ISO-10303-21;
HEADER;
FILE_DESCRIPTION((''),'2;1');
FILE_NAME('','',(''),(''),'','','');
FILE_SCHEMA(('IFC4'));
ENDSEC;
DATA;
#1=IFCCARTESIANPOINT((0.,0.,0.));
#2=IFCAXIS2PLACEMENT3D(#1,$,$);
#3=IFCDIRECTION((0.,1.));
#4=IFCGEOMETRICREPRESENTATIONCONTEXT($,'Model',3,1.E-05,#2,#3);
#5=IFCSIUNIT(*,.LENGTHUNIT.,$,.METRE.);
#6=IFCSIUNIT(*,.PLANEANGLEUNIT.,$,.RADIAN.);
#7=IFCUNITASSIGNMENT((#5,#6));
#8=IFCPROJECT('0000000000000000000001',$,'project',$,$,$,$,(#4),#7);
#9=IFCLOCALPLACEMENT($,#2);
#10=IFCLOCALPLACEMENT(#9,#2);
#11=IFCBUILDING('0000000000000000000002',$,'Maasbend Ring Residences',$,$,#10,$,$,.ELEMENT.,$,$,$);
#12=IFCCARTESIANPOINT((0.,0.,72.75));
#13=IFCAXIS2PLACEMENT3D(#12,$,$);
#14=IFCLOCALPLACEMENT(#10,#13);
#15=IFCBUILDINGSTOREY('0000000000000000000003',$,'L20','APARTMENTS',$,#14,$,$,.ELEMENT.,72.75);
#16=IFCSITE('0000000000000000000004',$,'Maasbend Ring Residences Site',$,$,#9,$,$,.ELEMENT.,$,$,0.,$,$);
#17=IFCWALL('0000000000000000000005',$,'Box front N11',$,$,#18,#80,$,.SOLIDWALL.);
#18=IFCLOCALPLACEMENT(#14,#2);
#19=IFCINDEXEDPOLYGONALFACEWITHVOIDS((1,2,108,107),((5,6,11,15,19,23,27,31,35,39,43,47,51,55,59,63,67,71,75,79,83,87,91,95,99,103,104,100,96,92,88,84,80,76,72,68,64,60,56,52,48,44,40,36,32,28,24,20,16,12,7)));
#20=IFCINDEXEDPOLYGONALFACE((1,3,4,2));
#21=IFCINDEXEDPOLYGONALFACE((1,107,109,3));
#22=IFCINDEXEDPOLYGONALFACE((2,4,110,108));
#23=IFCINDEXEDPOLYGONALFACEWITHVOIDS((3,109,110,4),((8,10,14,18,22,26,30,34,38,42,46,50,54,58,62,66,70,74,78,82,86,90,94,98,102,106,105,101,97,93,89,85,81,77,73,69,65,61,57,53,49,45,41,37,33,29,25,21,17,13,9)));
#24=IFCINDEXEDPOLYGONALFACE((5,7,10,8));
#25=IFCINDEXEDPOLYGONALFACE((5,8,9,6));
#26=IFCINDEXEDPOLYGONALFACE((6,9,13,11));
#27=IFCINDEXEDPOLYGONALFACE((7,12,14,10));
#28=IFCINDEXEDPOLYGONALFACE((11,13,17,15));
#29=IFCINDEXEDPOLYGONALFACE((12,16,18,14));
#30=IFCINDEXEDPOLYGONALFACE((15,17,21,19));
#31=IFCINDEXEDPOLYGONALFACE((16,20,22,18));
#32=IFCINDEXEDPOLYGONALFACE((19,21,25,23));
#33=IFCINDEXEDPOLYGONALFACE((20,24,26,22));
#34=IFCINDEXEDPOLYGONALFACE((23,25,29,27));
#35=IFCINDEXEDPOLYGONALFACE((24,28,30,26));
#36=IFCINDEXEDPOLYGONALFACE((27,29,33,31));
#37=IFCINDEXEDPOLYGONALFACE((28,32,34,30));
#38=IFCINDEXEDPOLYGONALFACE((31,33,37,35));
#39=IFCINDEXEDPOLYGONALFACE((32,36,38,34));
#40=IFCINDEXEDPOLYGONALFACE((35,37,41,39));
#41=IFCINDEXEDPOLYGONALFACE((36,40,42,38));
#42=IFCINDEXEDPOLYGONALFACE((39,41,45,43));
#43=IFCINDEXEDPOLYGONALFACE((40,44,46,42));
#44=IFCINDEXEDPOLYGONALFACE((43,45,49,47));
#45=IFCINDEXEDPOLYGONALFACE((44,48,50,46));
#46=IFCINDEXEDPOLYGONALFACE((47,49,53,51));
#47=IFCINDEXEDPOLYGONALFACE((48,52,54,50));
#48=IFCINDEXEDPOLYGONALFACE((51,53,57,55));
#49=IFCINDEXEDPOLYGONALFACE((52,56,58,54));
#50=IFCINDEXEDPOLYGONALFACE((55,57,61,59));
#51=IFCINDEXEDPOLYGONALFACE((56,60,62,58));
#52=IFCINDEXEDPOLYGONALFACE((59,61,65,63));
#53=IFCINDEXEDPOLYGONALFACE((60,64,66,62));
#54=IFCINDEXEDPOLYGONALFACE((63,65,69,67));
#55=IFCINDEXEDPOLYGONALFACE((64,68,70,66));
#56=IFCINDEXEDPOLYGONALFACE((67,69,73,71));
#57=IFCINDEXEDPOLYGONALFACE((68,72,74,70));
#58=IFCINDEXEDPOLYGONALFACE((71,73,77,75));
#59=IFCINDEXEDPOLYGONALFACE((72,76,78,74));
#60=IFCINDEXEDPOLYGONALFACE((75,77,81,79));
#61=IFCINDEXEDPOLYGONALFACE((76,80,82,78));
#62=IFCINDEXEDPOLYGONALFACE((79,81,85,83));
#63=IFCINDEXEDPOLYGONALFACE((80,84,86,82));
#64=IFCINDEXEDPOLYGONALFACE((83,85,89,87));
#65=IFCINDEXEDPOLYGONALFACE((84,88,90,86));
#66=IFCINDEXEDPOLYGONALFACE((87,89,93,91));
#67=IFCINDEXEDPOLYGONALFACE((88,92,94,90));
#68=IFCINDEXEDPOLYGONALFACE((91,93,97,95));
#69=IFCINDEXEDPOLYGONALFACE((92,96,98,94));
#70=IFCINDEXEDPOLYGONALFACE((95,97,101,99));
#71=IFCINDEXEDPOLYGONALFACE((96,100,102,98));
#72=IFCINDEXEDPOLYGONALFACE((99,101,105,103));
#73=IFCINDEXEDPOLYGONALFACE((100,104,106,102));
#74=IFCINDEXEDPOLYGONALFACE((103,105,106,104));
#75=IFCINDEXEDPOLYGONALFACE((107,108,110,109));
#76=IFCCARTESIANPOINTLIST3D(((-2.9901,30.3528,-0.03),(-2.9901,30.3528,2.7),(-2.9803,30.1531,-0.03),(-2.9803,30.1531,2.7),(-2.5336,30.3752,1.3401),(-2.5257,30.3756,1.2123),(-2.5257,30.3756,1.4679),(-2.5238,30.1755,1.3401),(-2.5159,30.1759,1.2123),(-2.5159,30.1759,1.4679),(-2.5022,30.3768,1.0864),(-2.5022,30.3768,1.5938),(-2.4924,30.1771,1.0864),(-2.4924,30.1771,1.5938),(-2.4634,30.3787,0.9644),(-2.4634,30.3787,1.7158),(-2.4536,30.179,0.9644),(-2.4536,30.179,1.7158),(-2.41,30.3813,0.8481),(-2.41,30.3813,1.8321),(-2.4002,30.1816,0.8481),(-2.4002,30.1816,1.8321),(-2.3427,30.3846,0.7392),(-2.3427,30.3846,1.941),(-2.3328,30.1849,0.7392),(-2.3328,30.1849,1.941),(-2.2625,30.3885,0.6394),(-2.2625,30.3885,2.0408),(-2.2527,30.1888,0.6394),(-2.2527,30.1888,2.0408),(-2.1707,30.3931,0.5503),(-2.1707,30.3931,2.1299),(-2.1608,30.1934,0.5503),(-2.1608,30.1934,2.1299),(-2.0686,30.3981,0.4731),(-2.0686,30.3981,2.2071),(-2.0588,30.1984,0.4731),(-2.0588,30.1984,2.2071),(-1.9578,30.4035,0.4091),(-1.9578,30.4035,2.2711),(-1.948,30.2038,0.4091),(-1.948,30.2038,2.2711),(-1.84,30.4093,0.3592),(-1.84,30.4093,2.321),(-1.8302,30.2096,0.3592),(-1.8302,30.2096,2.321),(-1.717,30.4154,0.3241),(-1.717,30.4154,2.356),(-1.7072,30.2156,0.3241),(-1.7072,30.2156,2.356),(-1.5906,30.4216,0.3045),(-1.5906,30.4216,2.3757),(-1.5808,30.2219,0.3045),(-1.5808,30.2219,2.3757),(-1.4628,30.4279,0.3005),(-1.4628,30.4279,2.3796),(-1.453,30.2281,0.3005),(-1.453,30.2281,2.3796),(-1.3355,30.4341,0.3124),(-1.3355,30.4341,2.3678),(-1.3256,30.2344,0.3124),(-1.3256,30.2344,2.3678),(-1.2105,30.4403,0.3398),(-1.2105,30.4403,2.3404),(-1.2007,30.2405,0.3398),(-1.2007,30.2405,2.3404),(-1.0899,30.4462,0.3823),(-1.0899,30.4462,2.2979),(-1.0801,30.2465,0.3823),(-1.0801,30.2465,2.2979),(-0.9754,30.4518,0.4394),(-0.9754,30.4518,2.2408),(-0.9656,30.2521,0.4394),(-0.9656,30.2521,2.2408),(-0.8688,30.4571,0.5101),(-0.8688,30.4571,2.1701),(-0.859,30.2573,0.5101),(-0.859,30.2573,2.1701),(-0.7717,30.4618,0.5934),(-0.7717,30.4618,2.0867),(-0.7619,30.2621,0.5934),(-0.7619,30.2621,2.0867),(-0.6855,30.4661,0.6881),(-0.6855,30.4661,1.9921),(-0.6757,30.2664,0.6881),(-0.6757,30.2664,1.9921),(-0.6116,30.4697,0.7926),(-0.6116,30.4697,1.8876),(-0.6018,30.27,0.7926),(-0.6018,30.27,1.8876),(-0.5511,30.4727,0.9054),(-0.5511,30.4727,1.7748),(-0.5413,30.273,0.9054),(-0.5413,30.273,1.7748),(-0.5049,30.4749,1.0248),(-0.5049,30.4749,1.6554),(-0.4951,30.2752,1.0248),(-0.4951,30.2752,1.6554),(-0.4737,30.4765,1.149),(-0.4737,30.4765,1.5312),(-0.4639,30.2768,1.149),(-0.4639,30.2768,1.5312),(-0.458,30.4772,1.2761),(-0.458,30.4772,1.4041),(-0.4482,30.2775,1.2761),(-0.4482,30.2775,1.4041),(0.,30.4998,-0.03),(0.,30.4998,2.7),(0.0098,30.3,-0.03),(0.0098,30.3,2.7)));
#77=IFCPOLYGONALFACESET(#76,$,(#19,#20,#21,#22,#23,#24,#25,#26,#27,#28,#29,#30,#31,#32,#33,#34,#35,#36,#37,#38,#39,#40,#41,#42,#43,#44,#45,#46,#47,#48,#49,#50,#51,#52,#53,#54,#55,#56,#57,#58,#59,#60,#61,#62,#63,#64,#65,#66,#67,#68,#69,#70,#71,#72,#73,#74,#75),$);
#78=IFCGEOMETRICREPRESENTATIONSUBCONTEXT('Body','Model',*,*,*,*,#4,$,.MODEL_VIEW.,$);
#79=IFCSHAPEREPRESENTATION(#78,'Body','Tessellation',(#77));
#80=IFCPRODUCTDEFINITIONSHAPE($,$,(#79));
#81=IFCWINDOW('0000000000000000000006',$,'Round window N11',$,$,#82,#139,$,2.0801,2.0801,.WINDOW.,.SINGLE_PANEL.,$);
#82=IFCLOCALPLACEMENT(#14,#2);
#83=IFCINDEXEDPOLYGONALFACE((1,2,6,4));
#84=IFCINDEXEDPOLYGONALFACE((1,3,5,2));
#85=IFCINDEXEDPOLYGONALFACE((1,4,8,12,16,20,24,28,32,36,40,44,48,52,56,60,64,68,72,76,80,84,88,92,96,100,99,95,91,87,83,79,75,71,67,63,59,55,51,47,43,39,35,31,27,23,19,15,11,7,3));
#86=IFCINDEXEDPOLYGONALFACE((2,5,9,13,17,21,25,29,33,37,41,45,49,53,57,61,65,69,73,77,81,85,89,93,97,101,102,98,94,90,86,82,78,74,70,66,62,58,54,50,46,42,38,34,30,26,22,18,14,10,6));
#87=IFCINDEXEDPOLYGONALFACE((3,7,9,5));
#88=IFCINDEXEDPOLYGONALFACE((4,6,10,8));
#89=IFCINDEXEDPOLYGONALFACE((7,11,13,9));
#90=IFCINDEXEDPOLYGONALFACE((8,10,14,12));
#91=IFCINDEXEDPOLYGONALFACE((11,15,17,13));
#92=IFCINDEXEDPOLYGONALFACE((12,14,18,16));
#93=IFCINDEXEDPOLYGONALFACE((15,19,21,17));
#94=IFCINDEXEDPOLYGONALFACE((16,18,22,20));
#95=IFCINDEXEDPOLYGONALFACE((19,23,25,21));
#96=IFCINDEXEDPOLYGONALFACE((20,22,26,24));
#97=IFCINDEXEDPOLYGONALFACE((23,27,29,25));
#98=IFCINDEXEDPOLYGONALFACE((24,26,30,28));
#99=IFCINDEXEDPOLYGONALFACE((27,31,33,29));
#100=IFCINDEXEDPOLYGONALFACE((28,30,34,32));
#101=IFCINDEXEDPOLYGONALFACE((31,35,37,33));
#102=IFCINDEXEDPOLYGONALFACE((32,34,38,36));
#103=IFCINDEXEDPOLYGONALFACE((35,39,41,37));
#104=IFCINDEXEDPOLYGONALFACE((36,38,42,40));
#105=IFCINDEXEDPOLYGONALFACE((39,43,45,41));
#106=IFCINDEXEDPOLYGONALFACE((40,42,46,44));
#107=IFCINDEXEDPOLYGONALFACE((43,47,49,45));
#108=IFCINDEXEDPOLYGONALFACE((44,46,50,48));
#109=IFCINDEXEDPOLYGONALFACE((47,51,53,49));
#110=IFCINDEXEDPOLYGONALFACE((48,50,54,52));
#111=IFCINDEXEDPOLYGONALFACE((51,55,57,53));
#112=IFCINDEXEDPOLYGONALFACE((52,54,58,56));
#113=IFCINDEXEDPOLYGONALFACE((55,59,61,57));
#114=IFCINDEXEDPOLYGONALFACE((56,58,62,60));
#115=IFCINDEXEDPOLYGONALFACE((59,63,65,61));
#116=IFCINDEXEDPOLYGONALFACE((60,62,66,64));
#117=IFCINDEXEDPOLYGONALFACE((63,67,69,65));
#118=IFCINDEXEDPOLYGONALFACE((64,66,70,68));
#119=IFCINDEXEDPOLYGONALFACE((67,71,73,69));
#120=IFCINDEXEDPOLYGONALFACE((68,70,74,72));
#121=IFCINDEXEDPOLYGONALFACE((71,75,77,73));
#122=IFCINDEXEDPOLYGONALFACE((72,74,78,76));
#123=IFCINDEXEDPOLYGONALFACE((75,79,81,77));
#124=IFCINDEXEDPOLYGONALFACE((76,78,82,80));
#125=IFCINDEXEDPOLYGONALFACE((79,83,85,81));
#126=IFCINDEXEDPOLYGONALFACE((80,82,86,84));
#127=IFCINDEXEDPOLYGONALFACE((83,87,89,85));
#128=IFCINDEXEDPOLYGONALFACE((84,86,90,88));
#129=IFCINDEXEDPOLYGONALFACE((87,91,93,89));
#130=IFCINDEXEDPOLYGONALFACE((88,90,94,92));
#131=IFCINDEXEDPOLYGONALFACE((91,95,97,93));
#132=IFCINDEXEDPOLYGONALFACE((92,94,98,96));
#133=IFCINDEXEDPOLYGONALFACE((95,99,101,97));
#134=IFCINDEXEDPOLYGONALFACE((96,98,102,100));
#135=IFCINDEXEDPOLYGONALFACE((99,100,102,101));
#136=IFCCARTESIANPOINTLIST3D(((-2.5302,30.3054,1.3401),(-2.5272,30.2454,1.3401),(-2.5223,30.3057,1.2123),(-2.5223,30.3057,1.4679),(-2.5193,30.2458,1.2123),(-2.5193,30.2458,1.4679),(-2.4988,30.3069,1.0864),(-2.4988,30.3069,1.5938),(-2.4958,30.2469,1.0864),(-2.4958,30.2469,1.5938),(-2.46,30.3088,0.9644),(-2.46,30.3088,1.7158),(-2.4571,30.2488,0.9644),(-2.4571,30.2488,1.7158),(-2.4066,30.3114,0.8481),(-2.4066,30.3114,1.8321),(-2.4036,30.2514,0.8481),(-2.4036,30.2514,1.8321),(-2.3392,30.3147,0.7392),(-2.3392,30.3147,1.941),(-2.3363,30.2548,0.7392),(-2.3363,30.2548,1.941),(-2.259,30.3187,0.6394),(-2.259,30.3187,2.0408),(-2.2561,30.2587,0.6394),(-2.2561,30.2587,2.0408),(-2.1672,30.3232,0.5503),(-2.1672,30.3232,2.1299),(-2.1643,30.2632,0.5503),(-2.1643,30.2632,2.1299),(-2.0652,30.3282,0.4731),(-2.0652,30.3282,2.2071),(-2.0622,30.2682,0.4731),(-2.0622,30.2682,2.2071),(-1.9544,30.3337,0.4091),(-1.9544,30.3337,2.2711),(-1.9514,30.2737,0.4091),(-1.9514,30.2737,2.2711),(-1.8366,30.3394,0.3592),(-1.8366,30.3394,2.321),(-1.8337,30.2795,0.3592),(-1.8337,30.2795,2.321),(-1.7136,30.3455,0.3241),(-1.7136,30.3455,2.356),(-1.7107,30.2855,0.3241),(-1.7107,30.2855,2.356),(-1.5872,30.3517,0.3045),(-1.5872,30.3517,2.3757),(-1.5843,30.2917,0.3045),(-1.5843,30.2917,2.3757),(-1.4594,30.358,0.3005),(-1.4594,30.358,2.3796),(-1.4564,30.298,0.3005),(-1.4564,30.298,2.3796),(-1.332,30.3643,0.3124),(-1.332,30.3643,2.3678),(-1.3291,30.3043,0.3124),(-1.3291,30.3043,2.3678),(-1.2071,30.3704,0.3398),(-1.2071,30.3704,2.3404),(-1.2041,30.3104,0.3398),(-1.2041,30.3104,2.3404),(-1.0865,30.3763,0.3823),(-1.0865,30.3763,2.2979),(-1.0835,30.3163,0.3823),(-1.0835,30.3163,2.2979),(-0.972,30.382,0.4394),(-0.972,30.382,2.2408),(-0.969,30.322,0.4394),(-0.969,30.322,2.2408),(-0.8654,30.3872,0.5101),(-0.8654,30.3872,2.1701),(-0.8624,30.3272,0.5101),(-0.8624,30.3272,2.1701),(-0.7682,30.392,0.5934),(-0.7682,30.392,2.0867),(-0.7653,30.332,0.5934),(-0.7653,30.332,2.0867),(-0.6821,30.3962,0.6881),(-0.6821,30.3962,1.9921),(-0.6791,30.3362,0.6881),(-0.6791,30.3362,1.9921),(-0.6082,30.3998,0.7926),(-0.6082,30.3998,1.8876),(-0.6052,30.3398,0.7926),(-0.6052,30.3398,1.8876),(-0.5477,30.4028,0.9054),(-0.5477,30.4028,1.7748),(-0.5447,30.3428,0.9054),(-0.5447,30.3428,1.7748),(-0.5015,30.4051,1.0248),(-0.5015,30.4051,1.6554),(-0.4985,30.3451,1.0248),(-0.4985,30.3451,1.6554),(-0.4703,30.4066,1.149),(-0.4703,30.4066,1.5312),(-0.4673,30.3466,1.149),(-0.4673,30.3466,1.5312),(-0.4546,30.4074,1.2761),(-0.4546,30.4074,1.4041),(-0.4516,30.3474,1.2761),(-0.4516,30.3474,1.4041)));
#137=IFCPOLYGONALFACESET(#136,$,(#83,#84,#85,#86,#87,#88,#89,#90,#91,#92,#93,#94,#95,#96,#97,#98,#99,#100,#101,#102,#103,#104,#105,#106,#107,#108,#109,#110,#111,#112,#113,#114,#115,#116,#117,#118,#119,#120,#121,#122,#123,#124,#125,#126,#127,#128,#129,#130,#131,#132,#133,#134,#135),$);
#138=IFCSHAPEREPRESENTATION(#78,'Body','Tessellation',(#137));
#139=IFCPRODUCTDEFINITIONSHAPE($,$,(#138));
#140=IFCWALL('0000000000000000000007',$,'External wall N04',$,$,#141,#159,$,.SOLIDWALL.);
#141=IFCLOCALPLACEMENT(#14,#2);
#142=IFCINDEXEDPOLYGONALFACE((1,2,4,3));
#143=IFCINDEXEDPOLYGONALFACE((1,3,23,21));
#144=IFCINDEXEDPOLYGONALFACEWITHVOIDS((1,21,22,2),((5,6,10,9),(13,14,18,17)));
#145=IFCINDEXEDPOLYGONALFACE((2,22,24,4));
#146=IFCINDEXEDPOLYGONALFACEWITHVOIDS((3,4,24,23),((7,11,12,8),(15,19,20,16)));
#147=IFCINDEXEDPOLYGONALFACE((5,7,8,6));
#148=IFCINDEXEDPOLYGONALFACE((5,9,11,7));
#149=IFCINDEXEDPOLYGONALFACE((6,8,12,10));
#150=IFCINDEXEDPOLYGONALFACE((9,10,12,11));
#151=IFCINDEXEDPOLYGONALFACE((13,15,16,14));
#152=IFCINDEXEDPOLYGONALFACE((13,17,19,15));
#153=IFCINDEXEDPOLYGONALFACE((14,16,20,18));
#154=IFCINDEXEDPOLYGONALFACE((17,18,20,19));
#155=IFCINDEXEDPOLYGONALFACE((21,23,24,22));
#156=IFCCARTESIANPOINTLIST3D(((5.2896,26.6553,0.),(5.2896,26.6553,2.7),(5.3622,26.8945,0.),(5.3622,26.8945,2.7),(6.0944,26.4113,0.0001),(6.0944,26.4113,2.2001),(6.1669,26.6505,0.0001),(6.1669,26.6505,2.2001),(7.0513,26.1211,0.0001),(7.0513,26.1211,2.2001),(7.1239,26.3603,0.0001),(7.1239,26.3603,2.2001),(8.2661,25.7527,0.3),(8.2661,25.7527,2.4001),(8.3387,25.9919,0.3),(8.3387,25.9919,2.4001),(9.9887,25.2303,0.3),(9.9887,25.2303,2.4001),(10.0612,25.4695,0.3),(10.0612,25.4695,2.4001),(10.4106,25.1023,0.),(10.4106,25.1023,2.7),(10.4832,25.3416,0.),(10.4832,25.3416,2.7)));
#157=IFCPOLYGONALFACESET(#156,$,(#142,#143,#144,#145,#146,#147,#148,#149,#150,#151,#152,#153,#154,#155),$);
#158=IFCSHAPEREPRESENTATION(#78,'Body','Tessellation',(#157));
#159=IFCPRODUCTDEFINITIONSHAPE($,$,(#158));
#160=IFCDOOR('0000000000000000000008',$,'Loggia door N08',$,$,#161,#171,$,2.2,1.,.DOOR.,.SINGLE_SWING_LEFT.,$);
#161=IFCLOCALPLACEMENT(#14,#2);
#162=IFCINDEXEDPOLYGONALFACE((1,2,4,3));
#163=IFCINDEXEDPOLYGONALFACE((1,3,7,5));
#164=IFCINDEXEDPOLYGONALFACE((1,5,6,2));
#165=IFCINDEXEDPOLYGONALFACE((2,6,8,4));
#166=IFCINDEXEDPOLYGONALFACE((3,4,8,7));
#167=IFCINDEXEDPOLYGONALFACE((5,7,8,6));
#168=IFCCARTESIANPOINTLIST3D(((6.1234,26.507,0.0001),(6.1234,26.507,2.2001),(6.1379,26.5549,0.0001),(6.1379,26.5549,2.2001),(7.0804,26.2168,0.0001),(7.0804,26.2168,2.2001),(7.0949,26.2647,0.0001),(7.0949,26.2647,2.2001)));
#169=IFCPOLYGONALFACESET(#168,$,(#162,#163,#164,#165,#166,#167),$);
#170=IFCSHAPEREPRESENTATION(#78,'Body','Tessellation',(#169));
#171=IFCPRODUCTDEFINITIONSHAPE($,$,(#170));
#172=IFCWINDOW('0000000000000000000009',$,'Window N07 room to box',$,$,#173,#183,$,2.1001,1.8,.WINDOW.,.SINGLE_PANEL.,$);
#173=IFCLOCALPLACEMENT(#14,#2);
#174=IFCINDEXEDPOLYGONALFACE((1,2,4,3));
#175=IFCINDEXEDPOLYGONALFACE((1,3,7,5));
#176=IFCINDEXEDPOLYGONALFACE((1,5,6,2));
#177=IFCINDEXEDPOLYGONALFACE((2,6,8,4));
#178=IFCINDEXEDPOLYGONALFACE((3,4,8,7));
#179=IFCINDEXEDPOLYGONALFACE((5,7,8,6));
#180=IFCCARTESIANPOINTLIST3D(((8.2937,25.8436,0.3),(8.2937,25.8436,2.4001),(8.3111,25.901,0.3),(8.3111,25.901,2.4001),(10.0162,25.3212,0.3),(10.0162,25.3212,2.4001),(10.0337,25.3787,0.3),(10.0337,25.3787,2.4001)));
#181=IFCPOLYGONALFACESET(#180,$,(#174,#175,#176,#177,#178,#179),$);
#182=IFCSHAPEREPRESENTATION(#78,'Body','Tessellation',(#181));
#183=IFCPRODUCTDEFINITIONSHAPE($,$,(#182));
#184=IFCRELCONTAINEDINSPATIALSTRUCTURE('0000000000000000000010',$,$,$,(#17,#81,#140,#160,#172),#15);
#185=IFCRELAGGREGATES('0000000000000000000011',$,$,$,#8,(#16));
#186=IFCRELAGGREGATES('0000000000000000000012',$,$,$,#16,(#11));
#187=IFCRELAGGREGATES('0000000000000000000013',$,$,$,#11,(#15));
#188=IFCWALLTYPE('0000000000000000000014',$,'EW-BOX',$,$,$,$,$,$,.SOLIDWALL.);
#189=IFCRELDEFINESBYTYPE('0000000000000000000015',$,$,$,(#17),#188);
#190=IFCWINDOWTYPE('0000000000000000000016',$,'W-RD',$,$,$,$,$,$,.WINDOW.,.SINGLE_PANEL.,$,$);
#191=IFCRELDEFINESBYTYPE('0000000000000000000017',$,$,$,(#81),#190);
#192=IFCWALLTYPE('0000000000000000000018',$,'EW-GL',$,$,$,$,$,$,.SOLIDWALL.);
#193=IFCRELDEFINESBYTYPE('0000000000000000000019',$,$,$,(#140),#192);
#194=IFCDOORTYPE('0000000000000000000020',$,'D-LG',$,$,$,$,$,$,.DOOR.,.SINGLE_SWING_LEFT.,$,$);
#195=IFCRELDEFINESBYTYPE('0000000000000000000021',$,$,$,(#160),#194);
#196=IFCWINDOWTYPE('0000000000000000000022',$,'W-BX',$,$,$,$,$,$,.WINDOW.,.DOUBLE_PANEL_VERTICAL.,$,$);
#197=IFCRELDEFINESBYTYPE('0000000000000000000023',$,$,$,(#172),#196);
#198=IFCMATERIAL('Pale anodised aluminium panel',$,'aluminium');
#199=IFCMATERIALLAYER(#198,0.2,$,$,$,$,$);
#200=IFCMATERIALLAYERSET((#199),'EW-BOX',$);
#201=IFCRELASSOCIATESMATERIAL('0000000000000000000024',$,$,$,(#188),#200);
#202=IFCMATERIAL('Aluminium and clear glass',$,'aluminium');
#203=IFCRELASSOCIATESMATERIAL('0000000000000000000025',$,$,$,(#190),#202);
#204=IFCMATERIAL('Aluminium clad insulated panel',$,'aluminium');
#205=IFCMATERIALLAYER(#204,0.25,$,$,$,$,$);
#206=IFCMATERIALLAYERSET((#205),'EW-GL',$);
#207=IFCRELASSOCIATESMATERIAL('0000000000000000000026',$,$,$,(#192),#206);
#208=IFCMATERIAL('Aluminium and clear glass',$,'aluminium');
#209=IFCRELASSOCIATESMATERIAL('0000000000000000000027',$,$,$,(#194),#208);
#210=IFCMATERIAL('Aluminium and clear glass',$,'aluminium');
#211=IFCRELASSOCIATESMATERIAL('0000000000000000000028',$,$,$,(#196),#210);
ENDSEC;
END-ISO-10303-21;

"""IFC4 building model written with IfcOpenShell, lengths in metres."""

from ifc_helpers import new_model, si_unit, direction, frame, frame_2d, origin, place, context, subcontext, project, spatial, rectangle, circle, extrude, material, layer, layer_set, type_object, element, fill, save


model = new_model("IFC4")

# Units and contexts
model_context = context("Model", 3, precision=1e-05, world=origin(), true_north=direction((0.0, 1.0)))
body_context = subcontext(model_context, "Body", "Model", "MODEL_VIEW")
ifc_project = project(units=[si_unit("LENGTHUNIT", "METRE"), si_unit("PLANEANGLEUNIT", "RADIAN")], contexts=[model_context])

# Site, building, storey
site_placement = place(None, origin())
site = spatial("IfcSite", under=ifc_project, at=site_placement, Name="Maasbend Ring Residences Site", CompositionType="ELEMENT", RefElevation=0.0)
building_placement = place(site_placement, origin())
building = spatial("IfcBuilding", under=site, at=building_placement, Name="Maasbend Ring Residences", CompositionType="ELEMENT")
storey_placement = place(building_placement, frame((0.0, 0.0, 72.75)))
storey = spatial("IfcBuildingStorey", under=building, at=storey_placement, Name="L20", Description="APARTMENTS", CompositionType="ELEMENT", Elevation=72.75)

# Shared definitions
ifc_material_1 = material(Name="Pale anodised aluminium panel", Category="aluminium")
ifc_layer_1 = layer(ifc_material_1, 0.2)
ifc_layer_set_1 = layer_set([ifc_layer_1], Name="EW-BOX")
wall_type_1 = type_object("IfcWallType", Name="EW-BOX", PredefinedType="SOLIDWALL", material=ifc_layer_set_1)

# Shared definitions
ifc_material_2 = material(Name="Aluminium and clear glass", Category="aluminium")
window_type_1 = type_object("IfcWindowType", Name="W-RD", PartitioningType="SINGLE_PANEL", PredefinedType="WINDOW", material=ifc_material_2)

# Wall, opening, window
wall_1_placement = place(storey_placement, frame((0.0049, 30.3999, -0.03), z_axis=(0.0, 0.0, 1.0), x_axis=(-0.998794, -0.049096, 0.0)))
wall_1 = element("IfcWall", 1, at=wall_1_placement, inside=storey, type_object=wall_type_1, Name="Box front N11", PredefinedType="SOLIDWALL", context=body_context, shape_type="SweptSolid", body=[
    extrude(rectangle(XDim=2.9937, YDim=0.2, at=frame_2d((1.4968, 0.0))), origin(), (0.0, 0.0, 1.0), 2.73),
])
opening_1_placement = place(wall_1_placement, frame((0.4565, 0.0, 0.3301)))
opening_1 = element("IfcOpeningElement", 2, at=opening_1_placement, cuts=wall_1, PredefinedType="OPENING", context=body_context, shape_type="SweptSolid", body=[
    extrude(circle(Radius=1.04, at=frame_2d((1.04, 1.04))), frame((0.0, 0.1099, 0.0), z_axis=(0.0, -1.0, 0.0), x_axis=(1.0, 0.0, 0.0)), (0.0, 0.0, 1.0), 0.22),
])
window_1_placement = place(opening_1_placement, origin())
window_1 = element("IfcWindow", 3, at=window_1_placement, inside=storey, type_object=window_type_1, Name="Round window N11", OverallHeight=2.0801, OverallWidth=2.0801, PartitioningType="SINGLE_PANEL", PredefinedType="WINDOW", context=body_context, shape_type="SweptSolid", body=[
    extrude(circle(Radius=1.04, at=frame_2d((1.04, 1.04))), frame((0.0, 0.03, 0.0), z_axis=(0.0, -1.0, 0.0), x_axis=(1.0, 0.0, 0.0)), (0.0, 0.0, 1.0), 0.0601),
])
fill(opening_1, window_1)

# Wall, openings, door, window
ifc_material_3 = material(Name="Aluminium clad insulated panel", Category="aluminium")
ifc_layer_2 = layer(ifc_material_3, 0.25)
ifc_layer_set_2 = layer_set([ifc_layer_2], Name="EW-GL")
wall_type_2 = type_object("IfcWallType", Name="EW-GL", PredefinedType="SOLIDWALL", material=ifc_layer_set_2)
wall_2_placement = place(storey_placement, frame((10.447, 25.2219, 0.0), z_axis=(0.0, 0.0, 1.0), x_axis=(-0.956966, 0.290201, 0.0)))
wall_2 = element("IfcWall", 4, at=wall_2_placement, inside=storey, type_object=wall_type_2, Name="External wall N04", PredefinedType="SOLIDWALL", context=body_context, shape_type="SweptSolid", body=[
    extrude(rectangle(XDim=5.3513, YDim=0.25, at=frame_2d((2.6758, 0.0))), origin(), (0.0, 0.0, 1.0), 2.7),
])
opening_2_placement = place(wall_2_placement, frame((0.4412, 0.0, 0.3)))
opening_2 = element("IfcOpeningElement", 5, at=opening_2_placement, cuts=wall_2, PredefinedType="OPENING", context=body_context, shape_type="SweptSolid", body=[
    extrude(rectangle(XDim=1.8, YDim=2.1001, at=frame_2d((0.8999, 1.05))), frame((0.0, 0.135, 0.0), z_axis=(0.0, -1.0, 0.0), x_axis=(1.0, 0.0, 0.0)), (0.0, 0.0, 1.0), 0.27),
])
opening_3_placement = place(wall_2_placement, frame((3.5105, 0.0, 0.0)))
opening_3 = element("IfcOpeningElement", 6, at=opening_3_placement, cuts=wall_2, PredefinedType="OPENING", context=body_context, shape_type="SweptSolid", body=[
    extrude(rectangle(XDim=1.0, YDim=2.2, at=frame_2d((0.5, 1.1001))), frame((0.0, 0.135, 0.0), z_axis=(0.0, -1.0, 0.0), x_axis=(1.0, 0.0, 0.0)), (0.0, 0.0, 1.0), 0.27),
])
ifc_material_4 = material(Name="Aluminium and clear glass", Category="aluminium")
door_type = type_object("IfcDoorType", Name="D-LG", OperationType="SINGLE_SWING_LEFT", PredefinedType="DOOR", material=ifc_material_4)
door_1_placement = place(opening_3_placement, origin())
door_1 = element("IfcDoor", 7, at=door_1_placement, inside=storey, type_object=door_type, Name="Loggia door N08", OperationType="SINGLE_SWING_LEFT", OverallHeight=2.2, OverallWidth=1.0, PredefinedType="DOOR", context=body_context, shape_type="SweptSolid", body=[
    extrude(rectangle(XDim=1.0, YDim=2.2, at=frame_2d((0.5, 1.1001))), frame((0.0, 0.0249, 0.0), z_axis=(0.0, -1.0, 0.0), x_axis=(1.0, 0.0, 0.0)), (0.0, 0.0, 1.0), 0.05),
])
fill(opening_3, door_1)
ifc_material_5 = material(Name="Aluminium and clear glass", Category="aluminium")
window_type_2 = type_object("IfcWindowType", Name="W-BX", PartitioningType="DOUBLE_PANEL_VERTICAL", PredefinedType="WINDOW", material=ifc_material_5)
window_2_placement = place(opening_2_placement, origin())
window_2 = element("IfcWindow", 8, at=window_2_placement, inside=storey, type_object=window_type_2, Name="Window N07 room to box", OverallHeight=2.1001, OverallWidth=1.8, PartitioningType="SINGLE_PANEL", PredefinedType="WINDOW", context=body_context, shape_type="SweptSolid", body=[
    extrude(rectangle(XDim=1.8, YDim=2.1001, at=frame_2d((0.8999, 1.05))), frame((0.0, 0.03, 0.0), z_axis=(0.0, -1.0, 0.0), x_axis=(1.0, 0.0, 0.0)), (0.0, 0.0, 1.0), 0.0601),
])
fill(opening_2, window_2)

save(model, "model.ifc")
